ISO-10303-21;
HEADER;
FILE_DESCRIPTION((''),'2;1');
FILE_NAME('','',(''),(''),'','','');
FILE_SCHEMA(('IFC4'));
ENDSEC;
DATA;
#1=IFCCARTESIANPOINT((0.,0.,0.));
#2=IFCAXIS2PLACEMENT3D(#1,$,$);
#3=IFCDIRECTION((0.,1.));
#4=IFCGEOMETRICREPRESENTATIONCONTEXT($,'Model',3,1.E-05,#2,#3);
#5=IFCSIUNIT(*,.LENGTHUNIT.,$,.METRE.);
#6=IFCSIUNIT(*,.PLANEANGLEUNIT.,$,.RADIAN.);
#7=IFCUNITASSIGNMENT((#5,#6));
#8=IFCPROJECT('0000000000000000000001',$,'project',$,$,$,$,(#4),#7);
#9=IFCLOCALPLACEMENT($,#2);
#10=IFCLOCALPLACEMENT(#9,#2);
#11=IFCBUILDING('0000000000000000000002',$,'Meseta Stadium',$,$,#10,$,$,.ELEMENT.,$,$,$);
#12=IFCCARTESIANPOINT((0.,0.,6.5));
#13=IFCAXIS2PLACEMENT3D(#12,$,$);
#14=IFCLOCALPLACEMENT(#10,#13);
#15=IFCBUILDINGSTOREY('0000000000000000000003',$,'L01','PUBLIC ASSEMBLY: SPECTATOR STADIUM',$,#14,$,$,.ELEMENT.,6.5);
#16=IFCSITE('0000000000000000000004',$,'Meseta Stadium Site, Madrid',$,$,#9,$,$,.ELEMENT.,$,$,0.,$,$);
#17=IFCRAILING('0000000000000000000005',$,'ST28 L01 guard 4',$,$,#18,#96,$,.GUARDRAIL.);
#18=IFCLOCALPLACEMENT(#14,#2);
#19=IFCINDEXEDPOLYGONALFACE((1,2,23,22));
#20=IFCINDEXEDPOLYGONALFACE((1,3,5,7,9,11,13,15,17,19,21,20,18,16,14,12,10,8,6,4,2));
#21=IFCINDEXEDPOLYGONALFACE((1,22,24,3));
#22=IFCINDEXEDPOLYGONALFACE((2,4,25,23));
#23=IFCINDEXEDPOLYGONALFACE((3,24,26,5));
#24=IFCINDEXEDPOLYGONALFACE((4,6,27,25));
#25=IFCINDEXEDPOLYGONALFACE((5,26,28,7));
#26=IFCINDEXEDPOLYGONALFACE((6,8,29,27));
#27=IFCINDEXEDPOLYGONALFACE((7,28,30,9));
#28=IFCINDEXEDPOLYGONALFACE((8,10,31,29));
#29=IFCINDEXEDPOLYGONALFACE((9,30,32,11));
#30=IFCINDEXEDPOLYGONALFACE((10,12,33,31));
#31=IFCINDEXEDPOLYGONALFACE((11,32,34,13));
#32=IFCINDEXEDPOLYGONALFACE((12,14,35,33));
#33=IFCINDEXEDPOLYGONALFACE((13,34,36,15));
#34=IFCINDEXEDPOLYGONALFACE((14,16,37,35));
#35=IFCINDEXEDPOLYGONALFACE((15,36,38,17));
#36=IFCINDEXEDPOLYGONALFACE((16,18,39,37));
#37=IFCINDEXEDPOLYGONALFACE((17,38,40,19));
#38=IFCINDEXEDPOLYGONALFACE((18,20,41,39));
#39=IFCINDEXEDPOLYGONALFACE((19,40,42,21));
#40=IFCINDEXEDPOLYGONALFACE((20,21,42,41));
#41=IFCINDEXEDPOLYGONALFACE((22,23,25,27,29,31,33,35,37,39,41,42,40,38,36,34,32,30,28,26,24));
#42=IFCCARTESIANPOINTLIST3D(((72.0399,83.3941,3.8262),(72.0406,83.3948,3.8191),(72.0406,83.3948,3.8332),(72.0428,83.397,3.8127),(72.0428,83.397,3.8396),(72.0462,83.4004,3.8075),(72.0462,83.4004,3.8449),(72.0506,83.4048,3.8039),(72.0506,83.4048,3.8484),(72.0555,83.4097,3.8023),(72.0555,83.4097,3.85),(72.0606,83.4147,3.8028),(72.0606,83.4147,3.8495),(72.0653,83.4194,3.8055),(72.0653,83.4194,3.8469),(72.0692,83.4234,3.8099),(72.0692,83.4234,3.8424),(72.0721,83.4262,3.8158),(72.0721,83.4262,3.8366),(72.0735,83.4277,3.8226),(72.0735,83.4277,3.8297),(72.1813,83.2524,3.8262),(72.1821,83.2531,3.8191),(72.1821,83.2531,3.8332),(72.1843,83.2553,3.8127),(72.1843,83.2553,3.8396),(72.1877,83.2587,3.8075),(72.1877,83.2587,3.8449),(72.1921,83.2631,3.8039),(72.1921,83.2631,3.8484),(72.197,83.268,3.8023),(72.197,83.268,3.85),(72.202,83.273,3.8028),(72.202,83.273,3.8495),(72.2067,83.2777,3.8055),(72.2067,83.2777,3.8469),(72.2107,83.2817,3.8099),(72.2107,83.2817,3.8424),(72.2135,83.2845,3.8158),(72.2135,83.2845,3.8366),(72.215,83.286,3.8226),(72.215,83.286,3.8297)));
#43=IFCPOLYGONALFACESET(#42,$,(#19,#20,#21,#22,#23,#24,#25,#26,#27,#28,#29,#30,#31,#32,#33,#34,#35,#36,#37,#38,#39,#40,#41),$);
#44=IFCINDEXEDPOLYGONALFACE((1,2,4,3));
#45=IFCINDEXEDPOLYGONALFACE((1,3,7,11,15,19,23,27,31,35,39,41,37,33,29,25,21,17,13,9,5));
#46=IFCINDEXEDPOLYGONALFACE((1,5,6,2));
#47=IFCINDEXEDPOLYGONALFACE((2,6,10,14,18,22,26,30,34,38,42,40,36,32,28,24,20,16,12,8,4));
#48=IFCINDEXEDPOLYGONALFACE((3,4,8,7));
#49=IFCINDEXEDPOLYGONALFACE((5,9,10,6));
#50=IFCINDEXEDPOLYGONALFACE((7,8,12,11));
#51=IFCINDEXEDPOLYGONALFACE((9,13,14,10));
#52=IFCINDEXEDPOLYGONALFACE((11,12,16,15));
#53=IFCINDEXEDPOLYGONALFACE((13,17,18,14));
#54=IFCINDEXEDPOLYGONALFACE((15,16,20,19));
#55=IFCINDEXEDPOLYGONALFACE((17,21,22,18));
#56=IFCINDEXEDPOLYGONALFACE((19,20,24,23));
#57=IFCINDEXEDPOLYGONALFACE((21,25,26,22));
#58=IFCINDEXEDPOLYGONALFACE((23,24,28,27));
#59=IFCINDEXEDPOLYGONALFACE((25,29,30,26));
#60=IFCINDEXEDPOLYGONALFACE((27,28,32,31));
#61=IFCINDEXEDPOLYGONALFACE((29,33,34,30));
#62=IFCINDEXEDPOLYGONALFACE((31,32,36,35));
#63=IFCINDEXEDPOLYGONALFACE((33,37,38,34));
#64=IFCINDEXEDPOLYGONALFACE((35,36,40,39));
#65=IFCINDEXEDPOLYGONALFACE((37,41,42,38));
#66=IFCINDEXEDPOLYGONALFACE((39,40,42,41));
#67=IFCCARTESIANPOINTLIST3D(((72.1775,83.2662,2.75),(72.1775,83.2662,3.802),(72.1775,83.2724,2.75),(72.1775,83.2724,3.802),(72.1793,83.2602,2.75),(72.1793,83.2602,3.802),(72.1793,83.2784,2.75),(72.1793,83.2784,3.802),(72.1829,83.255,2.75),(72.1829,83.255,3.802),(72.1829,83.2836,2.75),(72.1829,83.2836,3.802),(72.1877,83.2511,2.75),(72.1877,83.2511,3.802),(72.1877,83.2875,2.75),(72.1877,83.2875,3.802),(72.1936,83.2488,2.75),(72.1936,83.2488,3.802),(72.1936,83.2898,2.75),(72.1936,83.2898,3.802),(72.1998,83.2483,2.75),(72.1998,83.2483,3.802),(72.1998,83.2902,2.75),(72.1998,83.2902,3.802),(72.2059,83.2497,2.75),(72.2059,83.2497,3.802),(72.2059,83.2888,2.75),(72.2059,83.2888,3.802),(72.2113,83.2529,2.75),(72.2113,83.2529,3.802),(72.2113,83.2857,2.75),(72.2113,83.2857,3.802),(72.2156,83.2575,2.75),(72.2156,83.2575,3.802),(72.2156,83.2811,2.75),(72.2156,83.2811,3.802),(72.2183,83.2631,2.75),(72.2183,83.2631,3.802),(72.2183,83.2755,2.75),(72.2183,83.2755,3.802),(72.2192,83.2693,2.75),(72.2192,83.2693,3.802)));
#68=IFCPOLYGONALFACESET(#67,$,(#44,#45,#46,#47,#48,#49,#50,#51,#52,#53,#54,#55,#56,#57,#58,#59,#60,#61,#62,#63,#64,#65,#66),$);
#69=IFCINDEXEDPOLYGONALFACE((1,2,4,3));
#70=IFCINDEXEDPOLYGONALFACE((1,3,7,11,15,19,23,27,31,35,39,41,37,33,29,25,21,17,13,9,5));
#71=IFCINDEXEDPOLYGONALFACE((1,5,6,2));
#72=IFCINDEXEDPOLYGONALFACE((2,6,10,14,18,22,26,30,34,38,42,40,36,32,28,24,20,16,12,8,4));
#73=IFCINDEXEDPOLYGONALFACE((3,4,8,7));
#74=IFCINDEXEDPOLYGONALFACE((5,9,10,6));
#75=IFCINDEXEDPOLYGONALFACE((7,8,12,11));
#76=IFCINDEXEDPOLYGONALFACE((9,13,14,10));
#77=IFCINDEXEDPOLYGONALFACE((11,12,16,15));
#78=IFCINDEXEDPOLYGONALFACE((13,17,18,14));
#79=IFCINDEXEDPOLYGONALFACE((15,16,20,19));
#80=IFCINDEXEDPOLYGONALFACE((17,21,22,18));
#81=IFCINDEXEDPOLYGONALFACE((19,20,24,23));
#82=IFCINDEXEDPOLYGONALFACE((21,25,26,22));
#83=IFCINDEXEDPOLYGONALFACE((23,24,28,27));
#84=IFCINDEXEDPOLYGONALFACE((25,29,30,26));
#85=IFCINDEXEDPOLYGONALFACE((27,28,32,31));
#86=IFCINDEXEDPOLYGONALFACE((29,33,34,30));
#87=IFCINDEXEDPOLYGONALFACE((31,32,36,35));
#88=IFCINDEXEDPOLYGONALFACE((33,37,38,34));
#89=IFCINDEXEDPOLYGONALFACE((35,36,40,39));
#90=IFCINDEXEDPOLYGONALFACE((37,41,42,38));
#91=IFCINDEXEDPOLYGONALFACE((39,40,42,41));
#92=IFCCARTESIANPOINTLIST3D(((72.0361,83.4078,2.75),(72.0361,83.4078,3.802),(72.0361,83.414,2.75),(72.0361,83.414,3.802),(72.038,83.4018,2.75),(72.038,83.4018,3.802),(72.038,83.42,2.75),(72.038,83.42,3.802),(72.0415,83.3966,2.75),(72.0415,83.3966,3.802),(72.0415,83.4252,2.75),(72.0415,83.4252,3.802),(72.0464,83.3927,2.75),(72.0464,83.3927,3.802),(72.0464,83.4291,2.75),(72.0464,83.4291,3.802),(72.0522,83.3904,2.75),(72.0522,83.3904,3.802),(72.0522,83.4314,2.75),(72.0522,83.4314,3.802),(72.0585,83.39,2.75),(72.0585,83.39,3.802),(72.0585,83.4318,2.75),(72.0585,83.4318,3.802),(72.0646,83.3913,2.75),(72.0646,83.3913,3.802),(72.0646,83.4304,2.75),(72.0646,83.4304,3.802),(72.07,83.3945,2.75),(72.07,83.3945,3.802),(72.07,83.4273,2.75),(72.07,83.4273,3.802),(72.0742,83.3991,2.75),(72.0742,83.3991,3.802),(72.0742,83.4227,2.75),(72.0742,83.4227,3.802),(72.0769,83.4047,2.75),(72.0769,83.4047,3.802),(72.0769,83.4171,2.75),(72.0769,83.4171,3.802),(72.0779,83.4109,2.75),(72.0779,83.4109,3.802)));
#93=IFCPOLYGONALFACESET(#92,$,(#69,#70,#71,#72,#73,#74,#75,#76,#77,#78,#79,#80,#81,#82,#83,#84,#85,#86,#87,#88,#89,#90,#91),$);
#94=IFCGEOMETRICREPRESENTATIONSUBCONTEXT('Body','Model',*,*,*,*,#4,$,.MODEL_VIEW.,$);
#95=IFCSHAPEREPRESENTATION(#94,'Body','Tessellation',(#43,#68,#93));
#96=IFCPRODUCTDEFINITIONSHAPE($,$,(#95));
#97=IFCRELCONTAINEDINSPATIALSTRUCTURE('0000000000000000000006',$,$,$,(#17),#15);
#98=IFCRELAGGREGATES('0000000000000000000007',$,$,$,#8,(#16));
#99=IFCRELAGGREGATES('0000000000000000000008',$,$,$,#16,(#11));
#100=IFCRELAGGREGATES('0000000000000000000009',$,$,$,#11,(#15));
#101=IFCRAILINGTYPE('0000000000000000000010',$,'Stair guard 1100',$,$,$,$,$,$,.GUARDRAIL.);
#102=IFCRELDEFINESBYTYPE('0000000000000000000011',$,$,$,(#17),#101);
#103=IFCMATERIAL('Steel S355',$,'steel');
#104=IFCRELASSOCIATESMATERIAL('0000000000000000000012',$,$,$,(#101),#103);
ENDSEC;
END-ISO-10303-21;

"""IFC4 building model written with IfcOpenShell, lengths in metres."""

from ifc_helpers import new_model, si_unit, direction, frame, origin, origin_2d, place, context, subcontext, project, spatial, circle, extrude, material, type_object, element, save


model = new_model("IFC4")

# Units and contexts
model_context = context("Model", 3, precision=1e-05, world=origin(), true_north=direction((0.0, 1.0)))
body_context = subcontext(model_context, "Body", "Model", "MODEL_VIEW")
ifc_project = project(units=[si_unit("LENGTHUNIT", "METRE"), si_unit("PLANEANGLEUNIT", "RADIAN")], contexts=[model_context])

# Site, building, storey
site_placement = place(None, origin())
site = spatial("IfcSite", under=ifc_project, at=site_placement, Name="Meseta Stadium Site, Madrid", CompositionType="ELEMENT", RefElevation=0.0)
building_placement = place(site_placement, origin())
building = spatial("IfcBuilding", under=site, at=building_placement, Name="Meseta Stadium", CompositionType="ELEMENT")
storey_placement = place(building_placement, frame((0.0, 0.0, 6.5)))
storey = spatial("IfcBuildingStorey", under=building, at=storey_placement, Name="L01", Description="PUBLIC ASSEMBLY: SPECTATOR STADIUM", CompositionType="ELEMENT", Elevation=6.5)

# Railing
ifc_material_1 = material(Name="Steel S355", Category="steel")
railing_type_1 = type_object("IfcRailingType", Name="Stair guard 1100", PredefinedType="GUARDRAIL", material=ifc_material_1)
railing_1_placement = place(storey_placement, frame((72.1982, 83.2693, 2.75)))
element("IfcRailing", 1, at=railing_1_placement, inside=storey, type_object=railing_type_1, Name="ST28 L01 guard 4", PredefinedType="GUARDRAIL", context=body_context, shape_type="SweptSolid", body=[
    extrude(circle(Radius=0.0239, at=origin_2d()), frame((0.0, 0.0, 1.0762), z_axis=(-0.706496, 0.707717, 0.0), x_axis=(-0.707717, -0.706496, 0.0)), (0.0, 0.0, 1.0), 0.2002),
    extrude(circle(Radius=0.021, at=origin_2d()), origin(), (0.0, 0.0, 1.0), 1.052),
    extrude(circle(Radius=0.021, at=origin_2d()), frame((-0.1414, 0.1416, 0.0)), (0.0, 0.0, 1.0), 1.052),
])

save(model, "model.ifc")
